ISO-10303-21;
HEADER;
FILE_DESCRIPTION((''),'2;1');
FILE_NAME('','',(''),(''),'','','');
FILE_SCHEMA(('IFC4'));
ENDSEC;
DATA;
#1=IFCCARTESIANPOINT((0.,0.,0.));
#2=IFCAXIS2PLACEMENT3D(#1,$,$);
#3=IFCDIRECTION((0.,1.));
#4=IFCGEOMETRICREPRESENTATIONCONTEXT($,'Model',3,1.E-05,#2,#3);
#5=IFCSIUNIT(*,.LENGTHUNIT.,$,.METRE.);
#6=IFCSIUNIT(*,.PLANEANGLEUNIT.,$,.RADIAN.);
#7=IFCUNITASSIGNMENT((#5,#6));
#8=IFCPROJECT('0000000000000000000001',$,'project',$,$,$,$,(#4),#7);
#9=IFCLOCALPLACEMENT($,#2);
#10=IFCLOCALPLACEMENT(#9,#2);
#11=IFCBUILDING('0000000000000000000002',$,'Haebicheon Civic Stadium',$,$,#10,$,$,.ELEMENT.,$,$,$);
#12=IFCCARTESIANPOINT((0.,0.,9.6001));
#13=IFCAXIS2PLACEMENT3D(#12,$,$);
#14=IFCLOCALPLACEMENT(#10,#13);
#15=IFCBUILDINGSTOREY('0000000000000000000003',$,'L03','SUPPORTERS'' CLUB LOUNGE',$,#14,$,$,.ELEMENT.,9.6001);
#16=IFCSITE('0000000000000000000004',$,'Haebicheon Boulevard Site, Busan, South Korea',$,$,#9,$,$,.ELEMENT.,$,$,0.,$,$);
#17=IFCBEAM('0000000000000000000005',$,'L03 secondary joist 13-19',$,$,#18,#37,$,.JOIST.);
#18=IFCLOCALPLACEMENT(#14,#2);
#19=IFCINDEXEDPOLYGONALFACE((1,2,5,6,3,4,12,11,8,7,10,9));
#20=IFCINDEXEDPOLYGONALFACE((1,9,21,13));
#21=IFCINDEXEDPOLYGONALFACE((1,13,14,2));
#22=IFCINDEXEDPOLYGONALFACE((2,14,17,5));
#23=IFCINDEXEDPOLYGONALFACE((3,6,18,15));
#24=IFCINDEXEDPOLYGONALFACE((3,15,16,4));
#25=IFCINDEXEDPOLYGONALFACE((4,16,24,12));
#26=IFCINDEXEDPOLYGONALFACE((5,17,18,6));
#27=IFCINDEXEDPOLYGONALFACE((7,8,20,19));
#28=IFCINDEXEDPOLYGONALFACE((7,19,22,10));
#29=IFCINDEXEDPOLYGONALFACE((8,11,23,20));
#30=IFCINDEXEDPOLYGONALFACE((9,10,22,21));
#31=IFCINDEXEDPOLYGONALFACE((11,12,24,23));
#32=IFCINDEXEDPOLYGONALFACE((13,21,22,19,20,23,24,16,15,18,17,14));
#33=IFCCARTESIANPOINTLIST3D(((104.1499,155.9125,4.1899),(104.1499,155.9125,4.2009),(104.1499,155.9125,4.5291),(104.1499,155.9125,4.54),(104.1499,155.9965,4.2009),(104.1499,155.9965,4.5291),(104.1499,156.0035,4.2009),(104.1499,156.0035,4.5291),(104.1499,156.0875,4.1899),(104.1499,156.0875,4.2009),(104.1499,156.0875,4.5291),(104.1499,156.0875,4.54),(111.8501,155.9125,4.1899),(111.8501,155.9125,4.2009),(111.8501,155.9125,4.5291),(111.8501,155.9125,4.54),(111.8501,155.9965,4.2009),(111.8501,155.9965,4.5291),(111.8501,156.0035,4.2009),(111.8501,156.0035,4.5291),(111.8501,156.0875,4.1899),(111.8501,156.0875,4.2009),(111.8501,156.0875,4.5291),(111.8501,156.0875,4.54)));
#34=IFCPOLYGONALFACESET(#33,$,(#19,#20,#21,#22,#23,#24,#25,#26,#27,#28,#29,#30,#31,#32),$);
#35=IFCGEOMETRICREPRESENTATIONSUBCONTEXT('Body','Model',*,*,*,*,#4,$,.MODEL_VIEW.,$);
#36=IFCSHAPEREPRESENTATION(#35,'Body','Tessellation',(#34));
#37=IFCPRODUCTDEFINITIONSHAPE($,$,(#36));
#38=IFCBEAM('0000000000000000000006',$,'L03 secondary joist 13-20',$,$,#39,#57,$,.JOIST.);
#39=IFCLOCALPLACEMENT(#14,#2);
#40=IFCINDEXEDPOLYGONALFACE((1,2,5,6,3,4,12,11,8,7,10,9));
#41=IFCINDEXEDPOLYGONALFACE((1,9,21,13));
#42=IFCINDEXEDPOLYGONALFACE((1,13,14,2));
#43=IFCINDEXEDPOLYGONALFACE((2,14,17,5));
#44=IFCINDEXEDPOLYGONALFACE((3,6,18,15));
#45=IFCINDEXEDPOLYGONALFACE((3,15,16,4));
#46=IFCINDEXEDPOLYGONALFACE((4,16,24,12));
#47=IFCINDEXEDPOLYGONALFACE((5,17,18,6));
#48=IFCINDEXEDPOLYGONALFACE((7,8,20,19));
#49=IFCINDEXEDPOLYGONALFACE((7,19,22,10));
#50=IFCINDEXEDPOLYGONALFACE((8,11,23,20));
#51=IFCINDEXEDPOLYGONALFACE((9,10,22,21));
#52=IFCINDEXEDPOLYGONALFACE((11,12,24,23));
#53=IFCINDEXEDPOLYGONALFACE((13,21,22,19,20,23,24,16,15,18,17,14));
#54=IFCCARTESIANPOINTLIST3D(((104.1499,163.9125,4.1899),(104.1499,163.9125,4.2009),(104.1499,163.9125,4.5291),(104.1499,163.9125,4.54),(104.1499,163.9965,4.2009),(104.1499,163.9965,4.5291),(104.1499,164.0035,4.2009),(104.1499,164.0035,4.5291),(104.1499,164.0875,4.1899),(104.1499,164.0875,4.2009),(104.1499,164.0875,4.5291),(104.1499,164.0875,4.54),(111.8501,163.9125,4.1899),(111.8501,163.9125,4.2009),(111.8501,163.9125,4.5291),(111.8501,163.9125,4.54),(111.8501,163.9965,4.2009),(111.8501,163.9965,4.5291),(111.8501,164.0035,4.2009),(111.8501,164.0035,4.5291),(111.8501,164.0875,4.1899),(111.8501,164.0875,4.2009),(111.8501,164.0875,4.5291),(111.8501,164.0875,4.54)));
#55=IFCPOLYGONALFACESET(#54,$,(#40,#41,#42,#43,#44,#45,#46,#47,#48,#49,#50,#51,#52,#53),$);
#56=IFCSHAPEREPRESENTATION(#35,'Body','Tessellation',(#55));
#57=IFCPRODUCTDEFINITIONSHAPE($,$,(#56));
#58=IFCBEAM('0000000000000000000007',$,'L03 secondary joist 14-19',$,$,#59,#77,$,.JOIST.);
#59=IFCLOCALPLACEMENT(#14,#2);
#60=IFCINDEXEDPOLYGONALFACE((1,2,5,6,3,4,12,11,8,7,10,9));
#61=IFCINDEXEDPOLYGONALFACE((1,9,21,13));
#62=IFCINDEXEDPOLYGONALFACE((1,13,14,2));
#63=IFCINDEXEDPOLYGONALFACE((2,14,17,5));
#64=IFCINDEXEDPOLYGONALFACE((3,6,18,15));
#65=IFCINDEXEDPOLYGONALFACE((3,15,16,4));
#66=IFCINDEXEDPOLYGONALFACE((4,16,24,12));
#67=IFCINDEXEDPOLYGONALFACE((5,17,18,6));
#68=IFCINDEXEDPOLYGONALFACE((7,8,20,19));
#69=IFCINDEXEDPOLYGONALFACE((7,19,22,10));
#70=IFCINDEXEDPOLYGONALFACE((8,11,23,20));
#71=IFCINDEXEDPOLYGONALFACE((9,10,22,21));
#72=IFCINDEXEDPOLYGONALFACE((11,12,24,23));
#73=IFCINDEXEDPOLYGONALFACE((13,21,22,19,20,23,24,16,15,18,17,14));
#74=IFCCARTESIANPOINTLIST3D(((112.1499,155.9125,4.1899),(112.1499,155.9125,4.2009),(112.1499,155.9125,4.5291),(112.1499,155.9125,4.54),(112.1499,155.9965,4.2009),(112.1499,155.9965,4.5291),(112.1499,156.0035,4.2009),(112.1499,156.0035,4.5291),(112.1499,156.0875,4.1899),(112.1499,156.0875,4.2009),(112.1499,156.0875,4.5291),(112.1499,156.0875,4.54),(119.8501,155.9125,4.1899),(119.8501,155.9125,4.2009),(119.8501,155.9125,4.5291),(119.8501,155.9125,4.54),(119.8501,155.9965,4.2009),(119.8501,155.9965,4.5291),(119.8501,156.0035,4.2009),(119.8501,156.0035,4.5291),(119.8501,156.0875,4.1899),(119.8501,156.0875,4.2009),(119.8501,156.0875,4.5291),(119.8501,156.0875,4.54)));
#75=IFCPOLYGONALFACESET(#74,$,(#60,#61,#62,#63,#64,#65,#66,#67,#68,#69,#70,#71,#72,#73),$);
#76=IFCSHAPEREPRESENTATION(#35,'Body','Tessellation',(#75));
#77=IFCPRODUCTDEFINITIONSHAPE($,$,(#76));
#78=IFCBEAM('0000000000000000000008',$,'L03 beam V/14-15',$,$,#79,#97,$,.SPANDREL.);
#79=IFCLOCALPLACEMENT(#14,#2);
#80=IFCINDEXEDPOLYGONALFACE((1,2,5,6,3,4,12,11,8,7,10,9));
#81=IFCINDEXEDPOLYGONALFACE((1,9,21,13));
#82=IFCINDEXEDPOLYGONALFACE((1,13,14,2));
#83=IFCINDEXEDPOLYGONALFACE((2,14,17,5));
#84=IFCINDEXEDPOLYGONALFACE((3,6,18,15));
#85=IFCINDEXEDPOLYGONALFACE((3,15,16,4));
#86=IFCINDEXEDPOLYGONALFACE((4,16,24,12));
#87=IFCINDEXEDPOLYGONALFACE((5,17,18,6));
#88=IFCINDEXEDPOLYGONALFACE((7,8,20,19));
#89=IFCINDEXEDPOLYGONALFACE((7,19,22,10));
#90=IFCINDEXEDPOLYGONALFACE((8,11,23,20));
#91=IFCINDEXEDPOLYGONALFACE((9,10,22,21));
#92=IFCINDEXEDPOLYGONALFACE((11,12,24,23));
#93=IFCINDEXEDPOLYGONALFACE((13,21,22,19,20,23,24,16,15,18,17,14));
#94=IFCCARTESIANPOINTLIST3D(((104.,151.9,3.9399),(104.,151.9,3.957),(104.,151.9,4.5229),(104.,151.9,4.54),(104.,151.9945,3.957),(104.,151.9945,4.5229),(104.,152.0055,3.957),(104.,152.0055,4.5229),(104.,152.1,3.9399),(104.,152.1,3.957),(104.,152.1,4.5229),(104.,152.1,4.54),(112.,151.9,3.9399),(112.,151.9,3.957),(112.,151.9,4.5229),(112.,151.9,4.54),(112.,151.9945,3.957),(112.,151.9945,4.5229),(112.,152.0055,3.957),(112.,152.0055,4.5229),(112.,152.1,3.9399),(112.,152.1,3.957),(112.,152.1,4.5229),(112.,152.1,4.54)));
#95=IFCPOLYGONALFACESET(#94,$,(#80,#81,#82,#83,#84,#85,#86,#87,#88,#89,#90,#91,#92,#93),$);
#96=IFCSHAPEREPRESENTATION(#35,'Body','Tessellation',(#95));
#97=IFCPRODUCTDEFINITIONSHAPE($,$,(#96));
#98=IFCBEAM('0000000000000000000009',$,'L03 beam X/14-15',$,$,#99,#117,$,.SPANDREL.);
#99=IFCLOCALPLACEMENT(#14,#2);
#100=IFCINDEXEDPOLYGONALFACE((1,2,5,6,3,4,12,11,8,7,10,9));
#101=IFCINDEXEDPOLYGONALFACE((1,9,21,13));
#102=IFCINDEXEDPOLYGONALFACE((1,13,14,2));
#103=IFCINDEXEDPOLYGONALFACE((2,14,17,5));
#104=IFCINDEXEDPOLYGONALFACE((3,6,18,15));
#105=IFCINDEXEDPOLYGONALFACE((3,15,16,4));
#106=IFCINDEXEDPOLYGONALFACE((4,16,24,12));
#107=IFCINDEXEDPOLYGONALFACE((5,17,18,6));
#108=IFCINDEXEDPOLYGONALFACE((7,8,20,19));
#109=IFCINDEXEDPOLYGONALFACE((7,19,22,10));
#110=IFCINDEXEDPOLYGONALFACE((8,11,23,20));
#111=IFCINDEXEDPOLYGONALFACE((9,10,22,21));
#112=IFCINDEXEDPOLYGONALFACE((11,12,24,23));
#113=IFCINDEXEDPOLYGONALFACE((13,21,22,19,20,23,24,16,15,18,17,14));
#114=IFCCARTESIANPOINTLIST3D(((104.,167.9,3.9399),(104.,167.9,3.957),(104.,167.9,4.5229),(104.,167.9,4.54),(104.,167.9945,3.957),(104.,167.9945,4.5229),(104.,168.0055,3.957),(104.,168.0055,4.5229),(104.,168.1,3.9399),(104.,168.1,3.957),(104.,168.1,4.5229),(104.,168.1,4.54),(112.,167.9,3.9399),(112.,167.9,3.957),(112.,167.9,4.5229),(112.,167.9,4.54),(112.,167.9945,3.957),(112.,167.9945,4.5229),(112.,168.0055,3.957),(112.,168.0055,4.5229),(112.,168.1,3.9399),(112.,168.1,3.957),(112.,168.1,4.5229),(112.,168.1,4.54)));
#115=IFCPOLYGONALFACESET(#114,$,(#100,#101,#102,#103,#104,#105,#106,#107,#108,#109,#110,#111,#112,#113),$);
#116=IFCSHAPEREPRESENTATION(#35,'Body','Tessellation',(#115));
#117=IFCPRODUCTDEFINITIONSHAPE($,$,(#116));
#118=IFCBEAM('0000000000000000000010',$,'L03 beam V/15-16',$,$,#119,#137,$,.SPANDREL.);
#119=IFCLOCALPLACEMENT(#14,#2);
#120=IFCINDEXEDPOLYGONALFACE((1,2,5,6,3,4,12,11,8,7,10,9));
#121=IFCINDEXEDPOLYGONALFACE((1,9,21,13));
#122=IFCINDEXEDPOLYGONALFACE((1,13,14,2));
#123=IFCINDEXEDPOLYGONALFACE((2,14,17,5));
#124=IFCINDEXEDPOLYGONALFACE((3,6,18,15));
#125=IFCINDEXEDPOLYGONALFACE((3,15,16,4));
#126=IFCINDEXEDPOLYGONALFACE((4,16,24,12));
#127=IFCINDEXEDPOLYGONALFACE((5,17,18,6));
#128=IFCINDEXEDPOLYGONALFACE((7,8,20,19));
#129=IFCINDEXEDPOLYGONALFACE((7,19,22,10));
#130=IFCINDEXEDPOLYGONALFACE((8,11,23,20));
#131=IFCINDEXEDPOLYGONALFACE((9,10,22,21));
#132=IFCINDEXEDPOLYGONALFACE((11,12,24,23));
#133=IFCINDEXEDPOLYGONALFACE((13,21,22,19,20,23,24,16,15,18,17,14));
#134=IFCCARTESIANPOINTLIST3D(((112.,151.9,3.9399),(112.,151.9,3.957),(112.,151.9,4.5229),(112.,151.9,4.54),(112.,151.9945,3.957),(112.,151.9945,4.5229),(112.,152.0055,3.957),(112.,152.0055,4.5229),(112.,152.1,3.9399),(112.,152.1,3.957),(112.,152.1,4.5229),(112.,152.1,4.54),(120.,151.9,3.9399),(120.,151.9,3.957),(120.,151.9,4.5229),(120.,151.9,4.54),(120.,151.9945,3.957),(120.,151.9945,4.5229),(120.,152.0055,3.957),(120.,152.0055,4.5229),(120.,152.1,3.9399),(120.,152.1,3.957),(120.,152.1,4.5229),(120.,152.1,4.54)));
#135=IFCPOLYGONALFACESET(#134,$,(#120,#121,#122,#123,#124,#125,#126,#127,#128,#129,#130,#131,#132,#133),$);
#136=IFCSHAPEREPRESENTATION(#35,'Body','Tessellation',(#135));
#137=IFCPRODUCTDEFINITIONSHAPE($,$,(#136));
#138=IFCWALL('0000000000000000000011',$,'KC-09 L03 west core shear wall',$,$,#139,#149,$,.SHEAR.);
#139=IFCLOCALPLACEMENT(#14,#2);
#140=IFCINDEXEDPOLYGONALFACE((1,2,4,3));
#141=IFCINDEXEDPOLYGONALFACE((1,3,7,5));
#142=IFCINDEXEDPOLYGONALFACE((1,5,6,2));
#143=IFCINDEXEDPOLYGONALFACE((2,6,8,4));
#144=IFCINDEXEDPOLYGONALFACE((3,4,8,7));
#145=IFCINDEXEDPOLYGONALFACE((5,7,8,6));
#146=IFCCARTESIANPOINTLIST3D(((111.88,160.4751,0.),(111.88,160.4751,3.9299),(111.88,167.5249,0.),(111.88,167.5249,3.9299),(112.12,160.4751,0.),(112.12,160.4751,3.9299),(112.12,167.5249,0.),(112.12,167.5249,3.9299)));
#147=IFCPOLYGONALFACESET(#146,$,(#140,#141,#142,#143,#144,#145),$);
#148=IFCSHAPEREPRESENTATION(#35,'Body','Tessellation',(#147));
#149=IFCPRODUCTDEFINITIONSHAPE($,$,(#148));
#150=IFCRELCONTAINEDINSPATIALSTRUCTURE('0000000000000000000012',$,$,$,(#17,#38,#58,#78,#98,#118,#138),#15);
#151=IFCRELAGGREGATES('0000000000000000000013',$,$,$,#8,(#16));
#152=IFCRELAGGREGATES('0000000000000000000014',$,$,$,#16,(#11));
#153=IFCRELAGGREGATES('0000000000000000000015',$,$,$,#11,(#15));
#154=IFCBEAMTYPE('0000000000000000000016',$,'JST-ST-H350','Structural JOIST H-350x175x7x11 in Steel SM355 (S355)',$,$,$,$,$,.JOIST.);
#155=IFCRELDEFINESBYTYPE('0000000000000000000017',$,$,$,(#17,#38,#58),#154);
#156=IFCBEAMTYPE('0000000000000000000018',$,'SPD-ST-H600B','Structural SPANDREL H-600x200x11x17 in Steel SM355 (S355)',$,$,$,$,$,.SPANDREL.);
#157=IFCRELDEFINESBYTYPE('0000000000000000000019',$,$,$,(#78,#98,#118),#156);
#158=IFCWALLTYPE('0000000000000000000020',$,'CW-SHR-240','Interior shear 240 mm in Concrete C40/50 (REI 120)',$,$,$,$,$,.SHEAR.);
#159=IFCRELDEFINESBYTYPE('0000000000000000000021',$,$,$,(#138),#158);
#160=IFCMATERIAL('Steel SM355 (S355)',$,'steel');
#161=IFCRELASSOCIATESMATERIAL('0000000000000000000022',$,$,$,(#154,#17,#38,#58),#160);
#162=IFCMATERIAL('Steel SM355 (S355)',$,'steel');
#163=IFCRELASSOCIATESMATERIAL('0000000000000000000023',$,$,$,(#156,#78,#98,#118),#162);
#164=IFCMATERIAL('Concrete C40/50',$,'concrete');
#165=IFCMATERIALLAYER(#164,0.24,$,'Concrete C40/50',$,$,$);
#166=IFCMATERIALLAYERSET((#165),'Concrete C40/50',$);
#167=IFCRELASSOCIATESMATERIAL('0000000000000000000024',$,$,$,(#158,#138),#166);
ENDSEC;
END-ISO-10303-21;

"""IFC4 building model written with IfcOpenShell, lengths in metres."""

from ifc_helpers import new_model, si_unit, direction, frame, frame_2d, origin, origin_2d, place, context, subcontext, project, spatial, rectangle, i_section, extrude, material, layer, layer_set, material_profile, profile_set, type_object, element, save


model = new_model("IFC4")

# Units and contexts
model_context = context("Model", 3, precision=1e-05, world=origin(), true_north=direction((0.0, 1.0)))
body_context = subcontext(model_context, "Body", "Model", "MODEL_VIEW")
ifc_project = project(units=[si_unit("LENGTHUNIT", "METRE"), si_unit("PLANEANGLEUNIT", "RADIAN")], contexts=[model_context])

# Site, building, storey
site_placement = place(None, origin())
site = spatial("IfcSite", under=ifc_project, at=site_placement, Name="Haebicheon Boulevard Site, Busan, South Korea", CompositionType="ELEMENT", RefElevation=0.0)
building_placement = place(site_placement, origin())
building = spatial("IfcBuilding", under=site, at=building_placement, Name="Haebicheon Civic Stadium", CompositionType="ELEMENT")
storey_placement = place(building_placement, frame((0.0, 0.0, 9.6001)))
storey = spatial("IfcBuildingStorey", under=building, at=storey_placement, Name="L03", Description="SUPPORTERS' CLUB LOUNGE", CompositionType="ELEMENT", Elevation=9.6001)

# Beams
ifc_material_1 = material(Name="Steel SM355 (S355)", Category="steel")
ifc_material_profile_1 = material_profile(ifc_material_1, i_section(OverallWidth=0.175, OverallDepth=0.3501, WebThickness=0.0071, FlangeThickness=0.011, at=origin_2d()), Name="H-350x175x7x11")
ifc_profile_set_1 = profile_set([ifc_material_profile_1], Name="Steel SM355 (S355)")
beam_type_1 = type_object("IfcBeamType", Name="JST-ST-H350", Description="Structural JOIST H-350x175x7x11 in Steel SM355 (S355)", PredefinedType="JOIST", material=ifc_profile_set_1)
for number, where, z_axis, x_axis, name in (
    (1, (104.1499, 156.0, 4.365), (1.0, 0.0, 0.0), (0.0, 1.0, 0.0), "L03 secondary joist 13-19"),
    (2, (104.1499, 164.0, 4.365), (1.0, 0.0, 0.0), (0.0, 1.0, 0.0), "L03 secondary joist 13-20"),
    (3, (112.1499, 156.0, 4.365), (1.0, 0.0, 0.0), (0.0, 1.0, 0.0), "L03 secondary joist 14-19"),
):
    element("IfcBeam", number, at=place(storey_placement, frame(where, z_axis=z_axis, x_axis=x_axis)), inside=storey, type_object=beam_type_1, material=ifc_profile_set_1, Name=name, PredefinedType="JOIST", context=body_context, shape_type="SweptSolid", body=[
        extrude(i_section(OverallWidth=0.175, OverallDepth=0.3501, WebThickness=0.0071, FlangeThickness=0.011, at=origin_2d()), origin(), (0.0, 0.0, 1.0), 7.7002),
    ])
ifc_material_2 = material(Name="Steel SM355 (S355)", Category="steel")
ifc_material_profile_2 = material_profile(ifc_material_2, i_section(OverallWidth=0.2, OverallDepth=0.6001, WebThickness=0.011, FlangeThickness=0.0171, at=origin_2d()), Name="H-600x200x11x17")
ifc_profile_set_2 = profile_set([ifc_material_profile_2], Name="Steel SM355 (S355)")
beam_type_2 = type_object("IfcBeamType", Name="SPD-ST-H600B", Description="Structural SPANDREL H-600x200x11x17 in Steel SM355 (S355)", PredefinedType="SPANDREL", material=ifc_profile_set_2)
for number, where, z_axis, x_axis, name in (
    (4, (104.0, 152.0, 4.24), (1.0, 0.0, 0.0), (0.0, 1.0, 0.0), "L03 beam V/14-15"),
    (5, (104.0, 168.0, 4.24), (1.0, 0.0, 0.0), (0.0, 1.0, 0.0), "L03 beam X/14-15"),
    (6, (112.0, 152.0, 4.24), (1.0, 0.0, 0.0), (0.0, 1.0, 0.0), "L03 beam V/15-16"),
):
    element("IfcBeam", number, at=place(storey_placement, frame(where, z_axis=z_axis, x_axis=x_axis)), inside=storey, type_object=beam_type_2, material=ifc_profile_set_2, Name=name, PredefinedType="SPANDREL", context=body_context, shape_type="SweptSolid", body=[
        extrude(i_section(OverallWidth=0.2, OverallDepth=0.6001, WebThickness=0.011, FlangeThickness=0.0171, at=origin_2d()), origin(), (0.0, 0.0, 1.0), 8.0),
    ])

# Wall
ifc_material_3 = material(Name="Concrete C40/50", Category="concrete")
ifc_layer_1 = layer(ifc_material_3, 0.24, Name="Concrete C40/50")
ifc_layer_set_1 = layer_set([ifc_layer_1], Name="Concrete C40/50")
wall_type = type_object("IfcWallType", Name="CW-SHR-240", Description="Interior shear 240 mm in Concrete C40/50 (REI 120)", PredefinedType="SHEAR", material=ifc_layer_set_1)
wall_placement = place(storey_placement, frame((112.0, 160.4751, 0.0), z_axis=(0.0, 0.0, 1.0), x_axis=(0.0, 1.0, 0.0)))
element("IfcWall", 7, at=wall_placement, inside=storey, type_object=wall_type, material=ifc_layer_set_1, Name="KC-09 L03 west core shear wall", PredefinedType="SHEAR", context=body_context, shape_type="SweptSolid", body=[
    extrude(rectangle(XDim=7.0498, YDim=0.24, at=frame_2d((3.5249, 0.0))), origin(), (0.0, 0.0, 1.0), 3.9299),
])

save(model, "model.ifc")
